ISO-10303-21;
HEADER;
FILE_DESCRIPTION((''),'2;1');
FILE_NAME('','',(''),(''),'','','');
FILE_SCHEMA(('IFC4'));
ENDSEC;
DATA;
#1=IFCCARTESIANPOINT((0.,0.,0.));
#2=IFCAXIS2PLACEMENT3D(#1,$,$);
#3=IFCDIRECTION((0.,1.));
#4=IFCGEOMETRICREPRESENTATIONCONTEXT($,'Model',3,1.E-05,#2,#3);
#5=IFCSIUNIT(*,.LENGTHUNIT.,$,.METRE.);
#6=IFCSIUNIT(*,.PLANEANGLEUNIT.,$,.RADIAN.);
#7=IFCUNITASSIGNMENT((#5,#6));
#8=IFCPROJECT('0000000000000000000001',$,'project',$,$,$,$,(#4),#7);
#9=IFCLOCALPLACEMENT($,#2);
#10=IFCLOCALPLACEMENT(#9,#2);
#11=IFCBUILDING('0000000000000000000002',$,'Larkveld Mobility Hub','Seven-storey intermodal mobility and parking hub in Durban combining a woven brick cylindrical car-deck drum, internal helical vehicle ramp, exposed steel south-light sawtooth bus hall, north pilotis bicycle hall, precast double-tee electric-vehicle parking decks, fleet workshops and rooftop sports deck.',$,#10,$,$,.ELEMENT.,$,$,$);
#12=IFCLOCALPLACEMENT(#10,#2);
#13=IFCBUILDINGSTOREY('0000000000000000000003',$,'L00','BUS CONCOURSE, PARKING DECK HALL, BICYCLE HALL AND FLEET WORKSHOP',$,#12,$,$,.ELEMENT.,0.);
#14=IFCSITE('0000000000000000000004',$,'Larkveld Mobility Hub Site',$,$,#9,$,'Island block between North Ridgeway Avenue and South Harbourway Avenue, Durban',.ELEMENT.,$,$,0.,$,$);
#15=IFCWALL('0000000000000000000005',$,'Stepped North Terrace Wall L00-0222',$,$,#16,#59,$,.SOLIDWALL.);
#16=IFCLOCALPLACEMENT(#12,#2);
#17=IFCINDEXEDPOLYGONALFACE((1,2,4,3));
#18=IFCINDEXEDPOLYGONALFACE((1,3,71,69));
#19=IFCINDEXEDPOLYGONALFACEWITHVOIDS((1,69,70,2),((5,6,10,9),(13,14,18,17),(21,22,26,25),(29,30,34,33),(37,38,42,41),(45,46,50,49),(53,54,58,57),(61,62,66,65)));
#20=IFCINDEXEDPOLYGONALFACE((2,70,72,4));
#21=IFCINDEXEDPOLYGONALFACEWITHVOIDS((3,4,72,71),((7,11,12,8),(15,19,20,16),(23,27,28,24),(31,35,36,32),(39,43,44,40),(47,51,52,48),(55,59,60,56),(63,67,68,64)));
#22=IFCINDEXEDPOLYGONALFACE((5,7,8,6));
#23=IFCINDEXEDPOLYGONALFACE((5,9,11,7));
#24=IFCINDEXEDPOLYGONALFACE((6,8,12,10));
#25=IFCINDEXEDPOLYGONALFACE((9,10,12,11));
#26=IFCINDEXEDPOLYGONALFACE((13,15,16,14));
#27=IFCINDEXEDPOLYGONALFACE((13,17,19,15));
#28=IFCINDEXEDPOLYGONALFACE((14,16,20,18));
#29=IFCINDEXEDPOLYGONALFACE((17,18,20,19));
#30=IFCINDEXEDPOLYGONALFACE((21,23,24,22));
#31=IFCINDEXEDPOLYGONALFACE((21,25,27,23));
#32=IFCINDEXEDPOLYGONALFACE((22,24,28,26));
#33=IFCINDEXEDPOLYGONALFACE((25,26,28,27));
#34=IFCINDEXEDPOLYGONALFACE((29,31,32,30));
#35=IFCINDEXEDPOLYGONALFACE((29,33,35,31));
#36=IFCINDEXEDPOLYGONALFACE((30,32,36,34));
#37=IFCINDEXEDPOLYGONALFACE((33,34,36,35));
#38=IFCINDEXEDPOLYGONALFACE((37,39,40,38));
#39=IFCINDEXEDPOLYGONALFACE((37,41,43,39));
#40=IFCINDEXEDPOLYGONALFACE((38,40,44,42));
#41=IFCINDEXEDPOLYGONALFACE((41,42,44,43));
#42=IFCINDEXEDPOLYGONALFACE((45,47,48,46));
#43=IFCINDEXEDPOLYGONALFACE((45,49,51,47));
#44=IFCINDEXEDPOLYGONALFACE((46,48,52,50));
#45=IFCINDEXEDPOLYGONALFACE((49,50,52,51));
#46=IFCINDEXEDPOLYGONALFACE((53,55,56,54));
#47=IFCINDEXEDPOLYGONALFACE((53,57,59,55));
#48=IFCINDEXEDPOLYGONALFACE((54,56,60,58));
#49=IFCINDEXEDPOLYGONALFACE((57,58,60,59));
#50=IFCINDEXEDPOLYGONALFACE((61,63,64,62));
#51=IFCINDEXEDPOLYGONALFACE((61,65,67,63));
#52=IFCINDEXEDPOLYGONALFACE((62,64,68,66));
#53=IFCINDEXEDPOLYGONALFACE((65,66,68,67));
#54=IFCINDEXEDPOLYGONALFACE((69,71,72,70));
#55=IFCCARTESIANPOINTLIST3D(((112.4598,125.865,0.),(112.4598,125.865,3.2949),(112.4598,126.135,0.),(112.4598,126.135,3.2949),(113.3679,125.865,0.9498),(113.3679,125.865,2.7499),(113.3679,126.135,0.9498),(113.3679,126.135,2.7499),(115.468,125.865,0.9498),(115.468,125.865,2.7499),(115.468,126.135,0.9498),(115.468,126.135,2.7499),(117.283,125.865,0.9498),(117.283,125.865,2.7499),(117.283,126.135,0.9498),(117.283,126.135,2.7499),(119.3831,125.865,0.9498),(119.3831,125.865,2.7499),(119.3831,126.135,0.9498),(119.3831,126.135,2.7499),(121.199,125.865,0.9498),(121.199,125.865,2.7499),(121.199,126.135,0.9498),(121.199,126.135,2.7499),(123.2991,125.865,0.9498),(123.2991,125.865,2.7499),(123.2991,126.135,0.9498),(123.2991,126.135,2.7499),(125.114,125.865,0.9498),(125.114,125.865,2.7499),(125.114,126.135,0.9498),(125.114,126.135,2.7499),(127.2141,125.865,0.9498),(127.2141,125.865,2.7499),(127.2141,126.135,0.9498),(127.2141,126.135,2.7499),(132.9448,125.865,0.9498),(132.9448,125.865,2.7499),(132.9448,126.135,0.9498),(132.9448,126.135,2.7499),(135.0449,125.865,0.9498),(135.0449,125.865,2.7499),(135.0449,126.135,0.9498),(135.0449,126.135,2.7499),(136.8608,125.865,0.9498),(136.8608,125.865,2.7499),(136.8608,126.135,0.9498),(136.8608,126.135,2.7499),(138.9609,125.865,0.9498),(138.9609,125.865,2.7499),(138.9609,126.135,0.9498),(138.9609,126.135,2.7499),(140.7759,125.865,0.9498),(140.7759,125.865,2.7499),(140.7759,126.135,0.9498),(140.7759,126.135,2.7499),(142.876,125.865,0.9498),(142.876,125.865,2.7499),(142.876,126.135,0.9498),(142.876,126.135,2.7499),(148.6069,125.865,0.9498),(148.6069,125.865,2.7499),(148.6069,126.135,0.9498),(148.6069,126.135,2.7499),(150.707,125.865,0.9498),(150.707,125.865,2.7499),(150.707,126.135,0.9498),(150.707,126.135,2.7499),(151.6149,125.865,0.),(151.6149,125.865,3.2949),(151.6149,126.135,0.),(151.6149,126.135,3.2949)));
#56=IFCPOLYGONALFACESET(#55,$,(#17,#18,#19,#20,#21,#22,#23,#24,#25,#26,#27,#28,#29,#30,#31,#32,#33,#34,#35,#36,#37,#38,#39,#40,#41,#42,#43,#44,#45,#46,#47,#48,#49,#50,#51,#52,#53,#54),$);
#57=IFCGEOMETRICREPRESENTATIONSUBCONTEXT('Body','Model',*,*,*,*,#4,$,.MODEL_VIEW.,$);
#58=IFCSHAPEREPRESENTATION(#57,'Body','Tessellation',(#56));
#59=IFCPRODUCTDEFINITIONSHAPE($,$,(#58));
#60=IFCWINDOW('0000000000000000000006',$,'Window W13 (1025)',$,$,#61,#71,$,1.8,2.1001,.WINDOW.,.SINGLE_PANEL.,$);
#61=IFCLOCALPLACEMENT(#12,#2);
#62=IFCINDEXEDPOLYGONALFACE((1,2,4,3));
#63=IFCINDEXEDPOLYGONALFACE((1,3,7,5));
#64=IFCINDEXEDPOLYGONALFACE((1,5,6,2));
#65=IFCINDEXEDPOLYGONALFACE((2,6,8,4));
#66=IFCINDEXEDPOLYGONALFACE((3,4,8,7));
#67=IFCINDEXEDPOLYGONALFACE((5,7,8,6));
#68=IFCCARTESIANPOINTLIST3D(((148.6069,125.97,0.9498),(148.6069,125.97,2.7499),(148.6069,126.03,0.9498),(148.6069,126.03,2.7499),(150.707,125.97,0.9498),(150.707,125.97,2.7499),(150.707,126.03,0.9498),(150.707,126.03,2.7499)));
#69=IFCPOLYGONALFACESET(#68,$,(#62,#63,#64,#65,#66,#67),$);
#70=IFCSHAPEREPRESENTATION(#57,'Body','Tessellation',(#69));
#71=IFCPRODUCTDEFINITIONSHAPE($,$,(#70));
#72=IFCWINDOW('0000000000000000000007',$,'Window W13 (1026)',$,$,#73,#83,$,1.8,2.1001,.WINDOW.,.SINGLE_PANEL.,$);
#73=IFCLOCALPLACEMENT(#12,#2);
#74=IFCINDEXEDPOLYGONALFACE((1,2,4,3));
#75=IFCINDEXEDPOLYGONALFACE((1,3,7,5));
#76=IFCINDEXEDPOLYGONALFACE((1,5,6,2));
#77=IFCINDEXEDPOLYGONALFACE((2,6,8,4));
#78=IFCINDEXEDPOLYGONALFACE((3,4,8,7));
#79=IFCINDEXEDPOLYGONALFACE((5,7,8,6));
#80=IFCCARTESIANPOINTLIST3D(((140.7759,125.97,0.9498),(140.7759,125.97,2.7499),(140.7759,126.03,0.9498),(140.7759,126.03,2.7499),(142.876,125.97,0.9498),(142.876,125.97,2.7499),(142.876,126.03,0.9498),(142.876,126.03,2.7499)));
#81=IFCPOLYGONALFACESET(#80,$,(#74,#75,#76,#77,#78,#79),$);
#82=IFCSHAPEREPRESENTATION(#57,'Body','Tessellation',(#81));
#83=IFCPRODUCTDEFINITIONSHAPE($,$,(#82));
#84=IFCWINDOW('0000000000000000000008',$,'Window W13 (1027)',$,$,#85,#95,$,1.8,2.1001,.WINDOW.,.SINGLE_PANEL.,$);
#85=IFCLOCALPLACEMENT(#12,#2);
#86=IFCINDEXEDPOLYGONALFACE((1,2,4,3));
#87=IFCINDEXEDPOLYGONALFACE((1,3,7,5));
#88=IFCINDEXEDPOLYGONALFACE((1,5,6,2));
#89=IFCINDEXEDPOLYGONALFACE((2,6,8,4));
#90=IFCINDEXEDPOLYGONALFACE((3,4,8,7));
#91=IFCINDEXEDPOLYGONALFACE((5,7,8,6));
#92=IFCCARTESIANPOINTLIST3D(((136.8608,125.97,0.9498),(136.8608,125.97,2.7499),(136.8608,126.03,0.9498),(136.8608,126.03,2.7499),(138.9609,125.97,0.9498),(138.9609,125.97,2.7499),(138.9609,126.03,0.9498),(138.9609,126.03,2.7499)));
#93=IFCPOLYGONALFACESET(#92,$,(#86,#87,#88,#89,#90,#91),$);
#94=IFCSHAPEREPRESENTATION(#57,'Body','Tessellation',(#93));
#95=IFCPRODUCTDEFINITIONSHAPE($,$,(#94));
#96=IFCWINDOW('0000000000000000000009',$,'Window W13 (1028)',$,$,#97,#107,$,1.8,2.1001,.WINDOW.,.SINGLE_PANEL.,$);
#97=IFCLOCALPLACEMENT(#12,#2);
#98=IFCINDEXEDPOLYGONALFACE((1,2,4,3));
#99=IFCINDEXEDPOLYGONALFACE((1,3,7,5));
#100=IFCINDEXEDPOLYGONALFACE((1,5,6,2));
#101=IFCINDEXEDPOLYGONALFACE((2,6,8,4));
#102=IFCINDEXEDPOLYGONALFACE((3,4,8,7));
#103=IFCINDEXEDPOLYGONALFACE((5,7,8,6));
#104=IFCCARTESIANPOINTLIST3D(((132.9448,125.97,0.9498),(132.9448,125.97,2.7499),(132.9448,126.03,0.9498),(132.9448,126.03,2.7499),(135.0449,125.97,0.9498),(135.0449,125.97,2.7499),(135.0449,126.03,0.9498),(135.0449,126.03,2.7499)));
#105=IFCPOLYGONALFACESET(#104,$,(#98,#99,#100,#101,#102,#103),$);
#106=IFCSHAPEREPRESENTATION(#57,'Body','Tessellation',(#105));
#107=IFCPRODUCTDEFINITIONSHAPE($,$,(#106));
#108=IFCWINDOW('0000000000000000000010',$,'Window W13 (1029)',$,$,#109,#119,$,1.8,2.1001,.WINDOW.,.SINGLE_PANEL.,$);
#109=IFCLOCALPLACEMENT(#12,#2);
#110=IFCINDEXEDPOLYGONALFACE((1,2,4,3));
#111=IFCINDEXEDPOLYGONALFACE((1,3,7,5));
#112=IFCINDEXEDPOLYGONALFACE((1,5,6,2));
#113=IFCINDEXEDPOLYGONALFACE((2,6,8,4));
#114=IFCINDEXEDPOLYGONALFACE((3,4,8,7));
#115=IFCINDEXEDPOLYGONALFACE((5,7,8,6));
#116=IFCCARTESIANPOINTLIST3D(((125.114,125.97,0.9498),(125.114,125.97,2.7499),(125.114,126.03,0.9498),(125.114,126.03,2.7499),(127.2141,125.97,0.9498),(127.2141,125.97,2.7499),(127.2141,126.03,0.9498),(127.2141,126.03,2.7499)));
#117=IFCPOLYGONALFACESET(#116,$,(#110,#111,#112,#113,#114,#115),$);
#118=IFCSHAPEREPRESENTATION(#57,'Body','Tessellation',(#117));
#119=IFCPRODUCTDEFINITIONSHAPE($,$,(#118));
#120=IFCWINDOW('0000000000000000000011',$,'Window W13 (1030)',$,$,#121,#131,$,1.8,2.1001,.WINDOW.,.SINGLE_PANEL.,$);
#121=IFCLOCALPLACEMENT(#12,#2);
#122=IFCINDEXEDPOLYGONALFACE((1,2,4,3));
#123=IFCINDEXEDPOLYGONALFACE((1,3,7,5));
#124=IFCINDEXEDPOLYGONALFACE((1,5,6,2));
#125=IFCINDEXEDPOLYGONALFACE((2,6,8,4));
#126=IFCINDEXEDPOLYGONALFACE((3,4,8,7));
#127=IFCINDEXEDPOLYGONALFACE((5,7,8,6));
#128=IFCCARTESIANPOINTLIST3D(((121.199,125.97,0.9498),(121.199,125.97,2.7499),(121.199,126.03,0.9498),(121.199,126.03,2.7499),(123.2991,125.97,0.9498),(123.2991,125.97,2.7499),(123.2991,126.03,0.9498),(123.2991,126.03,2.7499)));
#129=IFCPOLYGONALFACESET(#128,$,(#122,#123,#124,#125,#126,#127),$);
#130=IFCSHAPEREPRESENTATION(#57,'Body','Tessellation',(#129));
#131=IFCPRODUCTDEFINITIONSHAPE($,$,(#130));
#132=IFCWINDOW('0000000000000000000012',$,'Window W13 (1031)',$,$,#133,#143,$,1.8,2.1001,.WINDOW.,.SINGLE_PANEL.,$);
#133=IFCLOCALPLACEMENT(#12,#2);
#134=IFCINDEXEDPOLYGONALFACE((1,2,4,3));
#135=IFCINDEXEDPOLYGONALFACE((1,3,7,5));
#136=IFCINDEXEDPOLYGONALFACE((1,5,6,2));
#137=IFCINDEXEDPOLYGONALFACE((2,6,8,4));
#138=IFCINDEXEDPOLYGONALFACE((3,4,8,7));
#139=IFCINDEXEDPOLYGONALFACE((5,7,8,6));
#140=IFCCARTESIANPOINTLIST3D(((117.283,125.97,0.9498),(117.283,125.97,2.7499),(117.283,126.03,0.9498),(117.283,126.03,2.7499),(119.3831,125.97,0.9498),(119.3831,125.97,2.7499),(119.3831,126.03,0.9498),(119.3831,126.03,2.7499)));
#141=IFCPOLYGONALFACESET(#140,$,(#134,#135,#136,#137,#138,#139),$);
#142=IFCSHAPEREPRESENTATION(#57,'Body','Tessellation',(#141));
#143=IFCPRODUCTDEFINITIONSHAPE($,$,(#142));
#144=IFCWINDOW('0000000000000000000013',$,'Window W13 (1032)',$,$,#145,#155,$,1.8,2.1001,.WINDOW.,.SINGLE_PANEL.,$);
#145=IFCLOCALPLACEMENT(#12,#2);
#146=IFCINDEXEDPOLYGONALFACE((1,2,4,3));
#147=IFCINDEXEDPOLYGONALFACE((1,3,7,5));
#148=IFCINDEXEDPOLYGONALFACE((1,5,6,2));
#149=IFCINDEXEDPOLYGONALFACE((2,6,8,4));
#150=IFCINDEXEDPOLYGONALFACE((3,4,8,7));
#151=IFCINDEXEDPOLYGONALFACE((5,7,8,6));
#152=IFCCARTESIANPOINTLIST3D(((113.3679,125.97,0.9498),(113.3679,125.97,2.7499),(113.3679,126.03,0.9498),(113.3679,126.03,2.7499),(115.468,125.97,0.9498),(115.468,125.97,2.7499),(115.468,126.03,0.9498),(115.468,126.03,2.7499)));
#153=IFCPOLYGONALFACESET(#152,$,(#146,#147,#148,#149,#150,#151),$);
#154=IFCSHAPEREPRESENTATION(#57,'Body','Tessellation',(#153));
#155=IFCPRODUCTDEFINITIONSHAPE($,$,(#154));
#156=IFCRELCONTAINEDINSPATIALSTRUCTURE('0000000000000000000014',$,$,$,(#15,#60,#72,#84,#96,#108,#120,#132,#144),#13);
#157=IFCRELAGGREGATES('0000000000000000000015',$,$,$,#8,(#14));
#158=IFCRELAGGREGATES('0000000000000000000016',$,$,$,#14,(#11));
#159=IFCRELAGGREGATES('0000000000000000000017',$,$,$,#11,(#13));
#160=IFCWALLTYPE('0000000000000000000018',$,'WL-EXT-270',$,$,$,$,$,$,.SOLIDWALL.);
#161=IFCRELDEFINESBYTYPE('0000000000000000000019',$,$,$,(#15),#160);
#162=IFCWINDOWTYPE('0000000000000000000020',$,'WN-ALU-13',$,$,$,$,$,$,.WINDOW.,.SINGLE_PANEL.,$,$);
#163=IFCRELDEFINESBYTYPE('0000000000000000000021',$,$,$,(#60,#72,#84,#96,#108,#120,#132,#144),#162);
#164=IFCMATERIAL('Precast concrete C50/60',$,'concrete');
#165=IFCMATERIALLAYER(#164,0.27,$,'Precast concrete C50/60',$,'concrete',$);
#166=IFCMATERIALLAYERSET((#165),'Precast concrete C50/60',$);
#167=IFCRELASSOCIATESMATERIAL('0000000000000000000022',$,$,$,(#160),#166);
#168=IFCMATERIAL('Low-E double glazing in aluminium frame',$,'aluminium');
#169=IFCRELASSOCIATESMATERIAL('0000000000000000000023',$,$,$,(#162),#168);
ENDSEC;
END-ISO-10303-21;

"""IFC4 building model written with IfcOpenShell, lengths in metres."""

from ifc_helpers import new_model, si_unit, direction, frame, frame_2d, origin, place, context, subcontext, project, spatial, rectangle, extrude, material, layer, layer_set, type_object, element, fill, save


model = new_model("IFC4")

# Units and contexts
model_context = context("Model", 3, precision=1e-05, world=origin(), true_north=direction((0.0, 1.0)))
body_context = subcontext(model_context, "Body", "Model", "MODEL_VIEW")
ifc_project = project(units=[si_unit("LENGTHUNIT", "METRE"), si_unit("PLANEANGLEUNIT", "RADIAN")], contexts=[model_context])

# Site, building, storey
site_placement = place(None, origin())
site = spatial("IfcSite", under=ifc_project, at=site_placement, Name="Larkveld Mobility Hub Site", LongName="Island block between North Ridgeway Avenue and South Harbourway Avenue, Durban", CompositionType="ELEMENT", RefElevation=0.0)
building_placement = place(site_placement, origin())
building = spatial("IfcBuilding", under=site, at=building_placement, Name="Larkveld Mobility Hub", Description="Seven-storey intermodal mobility and parking hub in Durban combining a woven brick cylindrical car-deck drum, internal helical vehicle ramp, exposed steel south-light sawtooth bus hall, north pilotis bicycle hall, precast double-tee electric-vehicle parking decks, fleet workshops and rooftop sports deck.", CompositionType="ELEMENT")
storey_placement = place(building_placement, origin())
storey = spatial("IfcBuildingStorey", under=building, at=storey_placement, Name="L00", Description="BUS CONCOURSE, PARKING DECK HALL, BICYCLE HALL AND FLEET WORKSHOP", CompositionType="ELEMENT", Elevation=0.0)

# Shared definitions
ifc_material_1 = material(Name="Precast concrete C50/60", Category="concrete")

# Wall, openings, windows
ifc_layer = layer(ifc_material_1, 0.27, Name="Precast concrete C50/60", Category="concrete")
ifc_layer_set = layer_set([ifc_layer], Name="Precast concrete C50/60")
wall_type = type_object("IfcWallType", Name="WL-EXT-270", PredefinedType="SOLIDWALL", material=ifc_layer_set)
wall_placement = place(storey_placement, frame((151.615, 126.0, 0.0), z_axis=(0.0, 0.0, 1.0), x_axis=(-1.0, 0.0, 0.0)))
wall = element("IfcWall", 1, at=wall_placement, inside=storey, type_object=wall_type, Name="Stepped North Terrace Wall L00-0222", PredefinedType="SOLIDWALL", context=body_context, shape_type="SweptSolid", body=[
    extrude(rectangle(XDim=39.155, YDim=0.27, at=frame_2d((19.5776, 0.0))), origin(), (0.0, 0.0, 1.0), 3.2949),
])
opening_1_placement = place(wall_placement, frame((0.908, 0.0, 0.95)))
opening_1 = element("IfcOpeningElement", 2, at=opening_1_placement, cuts=wall, PredefinedType="OPENING", context=body_context, shape_type="SweptSolid", body=[
    extrude(rectangle(XDim=2.1001, YDim=1.8, at=frame_2d((1.05, 0.8999))), frame((0.0, 0.145, 0.0), z_axis=(0.0, -1.0, 0.0), x_axis=(1.0, 0.0, 0.0)), (0.0, 0.0, 1.0), 0.29),
])
opening_2_placement = place(wall_placement, frame((8.739, 0.0, 0.95)))
opening_2 = element("IfcOpeningElement", 3, at=opening_2_placement, cuts=wall, PredefinedType="OPENING", context=body_context, shape_type="SweptSolid", body=[
    extrude(rectangle(XDim=2.1001, YDim=1.8, at=frame_2d((1.05, 0.8999))), frame((0.0, 0.145, 0.0), z_axis=(0.0, -1.0, 0.0), x_axis=(1.0, 0.0, 0.0)), (0.0, 0.0, 1.0), 0.29),
])
opening_3_placement = place(wall_placement, frame((12.6541, 0.0, 0.95)))
opening_3 = element("IfcOpeningElement", 4, at=opening_3_placement, cuts=wall, PredefinedType="OPENING", context=body_context, shape_type="SweptSolid", body=[
    extrude(rectangle(XDim=2.1001, YDim=1.8, at=frame_2d((1.05, 0.8999))), frame((0.0, 0.145, 0.0), z_axis=(0.0, -1.0, 0.0), x_axis=(1.0, 0.0, 0.0)), (0.0, 0.0, 1.0), 0.29),
])
opening_4_placement = place(wall_placement, frame((16.5701, 0.0, 0.95)))
opening_4 = element("IfcOpeningElement", 5, at=opening_4_placement, cuts=wall, PredefinedType="OPENING", context=body_context, shape_type="SweptSolid", body=[
    extrude(rectangle(XDim=2.1001, YDim=1.8, at=frame_2d((1.05, 0.8999))), frame((0.0, 0.145, 0.0), z_axis=(0.0, -1.0, 0.0), x_axis=(1.0, 0.0, 0.0)), (0.0, 0.0, 1.0), 0.29),
])
opening_5_placement = place(wall_placement, frame((24.4009, 0.0, 0.95)))
opening_5 = element("IfcOpeningElement", 6, at=opening_5_placement, cuts=wall, PredefinedType="OPENING", context=body_context, shape_type="SweptSolid", body=[
    extrude(rectangle(XDim=2.1001, YDim=1.8, at=frame_2d((1.05, 0.8999))), frame((0.0, 0.145, 0.0), z_axis=(0.0, -1.0, 0.0), x_axis=(1.0, 0.0, 0.0)), (0.0, 0.0, 1.0), 0.29),
])
opening_6_placement = place(wall_placement, frame((28.3159, 0.0, 0.95)))
opening_6 = element("IfcOpeningElement", 7, at=opening_6_placement, cuts=wall, PredefinedType="OPENING", context=body_context, shape_type="SweptSolid", body=[
    extrude(rectangle(XDim=2.1001, YDim=1.8, at=frame_2d((1.05, 0.8999))), frame((0.0, 0.145, 0.0), z_axis=(0.0, -1.0, 0.0), x_axis=(1.0, 0.0, 0.0)), (0.0, 0.0, 1.0), 0.29),
])
opening_7_placement = place(wall_placement, frame((32.2319, 0.0, 0.95)))
opening_7 = element("IfcOpeningElement", 8, at=opening_7_placement, cuts=wall, PredefinedType="OPENING", context=body_context, shape_type="SweptSolid", body=[
    extrude(rectangle(XDim=2.1001, YDim=1.8, at=frame_2d((1.05, 0.8999))), frame((0.0, 0.145, 0.0), z_axis=(0.0, -1.0, 0.0), x_axis=(1.0, 0.0, 0.0)), (0.0, 0.0, 1.0), 0.29),
])
opening_8_placement = place(wall_placement, frame((36.147, 0.0, 0.95)))
opening_8 = element("IfcOpeningElement", 9, at=opening_8_placement, cuts=wall, PredefinedType="OPENING", context=body_context, shape_type="SweptSolid", body=[
    extrude(rectangle(XDim=2.1001, YDim=1.8, at=frame_2d((1.05, 0.8999))), frame((0.0, 0.145, 0.0), z_axis=(0.0, -1.0, 0.0), x_axis=(1.0, 0.0, 0.0)), (0.0, 0.0, 1.0), 0.29),
])
ifc_material_2 = material(Name="Low-E double glazing in aluminium frame", Category="aluminium")
window_type = type_object("IfcWindowType", Name="WN-ALU-13", PartitioningType="SINGLE_PANEL", PredefinedType="WINDOW", material=ifc_material_2)
window_1_placement = place(opening_1_placement, origin())
window_1 = element("IfcWindow", 10, at=window_1_placement, inside=storey, type_object=window_type, Name="Window W13 (1025)", OverallHeight=1.8, OverallWidth=2.1001, PartitioningType="SINGLE_PANEL", PredefinedType="WINDOW", context=body_context, shape_type="SweptSolid", body=[
    extrude(rectangle(XDim=2.1001, YDim=1.8, at=frame_2d((1.05, 0.8999))), frame((0.0, 0.03, 0.0), z_axis=(0.0, -1.0, 0.0), x_axis=(1.0, 0.0, 0.0)), (0.0, 0.0, 1.0), 0.0601),
])
fill(opening_1, window_1)
window_2_placement = place(opening_2_placement, origin())
window_2 = element("IfcWindow", 11, at=window_2_placement, inside=storey, type_object=window_type, Name="Window W13 (1026)", OverallHeight=1.8, OverallWidth=2.1001, PartitioningType="SINGLE_PANEL", PredefinedType="WINDOW", context=body_context, shape_type="SweptSolid", body=[
    extrude(rectangle(XDim=2.1001, YDim=1.8, at=frame_2d((1.05, 0.8999))), frame((0.0, 0.03, 0.0), z_axis=(0.0, -1.0, 0.0), x_axis=(1.0, 0.0, 0.0)), (0.0, 0.0, 1.0), 0.0601),
])
fill(opening_2, window_2)
window_3_placement = place(opening_3_placement, origin())
window_3 = element("IfcWindow", 12, at=window_3_placement, inside=storey, type_object=window_type, Name="Window W13 (1027)", OverallHeight=1.8, OverallWidth=2.1001, PartitioningType="SINGLE_PANEL", PredefinedType="WINDOW", context=body_context, shape_type="SweptSolid", body=[
    extrude(rectangle(XDim=2.1001, YDim=1.8, at=frame_2d((1.05, 0.8999))), frame((0.0, 0.03, 0.0), z_axis=(0.0, -1.0, 0.0), x_axis=(1.0, 0.0, 0.0)), (0.0, 0.0, 1.0), 0.0601),
])
fill(opening_3, window_3)
window_4_placement = place(opening_4_placement, origin())
window_4 = element("IfcWindow", 13, at=window_4_placement, inside=storey, type_object=window_type, Name="Window W13 (1028)", OverallHeight=1.8, OverallWidth=2.1001, PartitioningType="SINGLE_PANEL", PredefinedType="WINDOW", context=body_context, shape_type="SweptSolid", body=[
    extrude(rectangle(XDim=2.1001, YDim=1.8, at=frame_2d((1.05, 0.8999))), frame((0.0, 0.03, 0.0), z_axis=(0.0, -1.0, 0.0), x_axis=(1.0, 0.0, 0.0)), (0.0, 0.0, 1.0), 0.0601),
])
fill(opening_4, window_4)
window_5_placement = place(opening_5_placement, origin())
window_5 = element("IfcWindow", 14, at=window_5_placement, inside=storey, type_object=window_type, Name="Window W13 (1029)", OverallHeight=1.8, OverallWidth=2.1001, PartitioningType="SINGLE_PANEL", PredefinedType="WINDOW", context=body_context, shape_type="SweptSolid", body=[
    extrude(rectangle(XDim=2.1001, YDim=1.8, at=frame_2d((1.05, 0.8999))), frame((0.0, 0.03, 0.0), z_axis=(0.0, -1.0, 0.0), x_axis=(1.0, 0.0, 0.0)), (0.0, 0.0, 1.0), 0.0601),
])
fill(opening_5, window_5)
window_6_placement = place(opening_6_placement, origin())
window_6 = element("IfcWindow", 15, at=window_6_placement, inside=storey, type_object=window_type, Name="Window W13 (1030)", OverallHeight=1.8, OverallWidth=2.1001, PartitioningType="SINGLE_PANEL", PredefinedType="WINDOW", context=body_context, shape_type="SweptSolid", body=[
    extrude(rectangle(XDim=2.1001, YDim=1.8, at=frame_2d((1.05, 0.8999))), frame((0.0, 0.03, 0.0), z_axis=(0.0, -1.0, 0.0), x_axis=(1.0, 0.0, 0.0)), (0.0, 0.0, 1.0), 0.0601),
])
fill(opening_6, window_6)
window_7_placement = place(opening_7_placement, origin())
window_7 = element("IfcWindow", 16, at=window_7_placement, inside=storey, type_object=window_type, Name="Window W13 (1031)", OverallHeight=1.8, OverallWidth=2.1001, PartitioningType="SINGLE_PANEL", PredefinedType="WINDOW", context=body_context, shape_type="SweptSolid", body=[
    extrude(rectangle(XDim=2.1001, YDim=1.8, at=frame_2d((1.05, 0.8999))), frame((0.0, 0.03, 0.0), z_axis=(0.0, -1.0, 0.0), x_axis=(1.0, 0.0, 0.0)), (0.0, 0.0, 1.0), 0.0601),
])
fill(opening_7, window_7)
window_8_placement = place(opening_8_placement, origin())
window_8 = element("IfcWindow", 17, at=window_8_placement, inside=storey, type_object=window_type, Name="Window W13 (1032)", OverallHeight=1.8, OverallWidth=2.1001, PartitioningType="SINGLE_PANEL", PredefinedType="WINDOW", context=body_context, shape_type="SweptSolid", body=[
    extrude(rectangle(XDim=2.1001, YDim=1.8, at=frame_2d((1.05, 0.8999))), frame((0.0, 0.03, 0.0), z_axis=(0.0, -1.0, 0.0), x_axis=(1.0, 0.0, 0.0)), (0.0, 0.0, 1.0), 0.0601),
])
fill(opening_8, window_8)

save(model, "model.ifc")
